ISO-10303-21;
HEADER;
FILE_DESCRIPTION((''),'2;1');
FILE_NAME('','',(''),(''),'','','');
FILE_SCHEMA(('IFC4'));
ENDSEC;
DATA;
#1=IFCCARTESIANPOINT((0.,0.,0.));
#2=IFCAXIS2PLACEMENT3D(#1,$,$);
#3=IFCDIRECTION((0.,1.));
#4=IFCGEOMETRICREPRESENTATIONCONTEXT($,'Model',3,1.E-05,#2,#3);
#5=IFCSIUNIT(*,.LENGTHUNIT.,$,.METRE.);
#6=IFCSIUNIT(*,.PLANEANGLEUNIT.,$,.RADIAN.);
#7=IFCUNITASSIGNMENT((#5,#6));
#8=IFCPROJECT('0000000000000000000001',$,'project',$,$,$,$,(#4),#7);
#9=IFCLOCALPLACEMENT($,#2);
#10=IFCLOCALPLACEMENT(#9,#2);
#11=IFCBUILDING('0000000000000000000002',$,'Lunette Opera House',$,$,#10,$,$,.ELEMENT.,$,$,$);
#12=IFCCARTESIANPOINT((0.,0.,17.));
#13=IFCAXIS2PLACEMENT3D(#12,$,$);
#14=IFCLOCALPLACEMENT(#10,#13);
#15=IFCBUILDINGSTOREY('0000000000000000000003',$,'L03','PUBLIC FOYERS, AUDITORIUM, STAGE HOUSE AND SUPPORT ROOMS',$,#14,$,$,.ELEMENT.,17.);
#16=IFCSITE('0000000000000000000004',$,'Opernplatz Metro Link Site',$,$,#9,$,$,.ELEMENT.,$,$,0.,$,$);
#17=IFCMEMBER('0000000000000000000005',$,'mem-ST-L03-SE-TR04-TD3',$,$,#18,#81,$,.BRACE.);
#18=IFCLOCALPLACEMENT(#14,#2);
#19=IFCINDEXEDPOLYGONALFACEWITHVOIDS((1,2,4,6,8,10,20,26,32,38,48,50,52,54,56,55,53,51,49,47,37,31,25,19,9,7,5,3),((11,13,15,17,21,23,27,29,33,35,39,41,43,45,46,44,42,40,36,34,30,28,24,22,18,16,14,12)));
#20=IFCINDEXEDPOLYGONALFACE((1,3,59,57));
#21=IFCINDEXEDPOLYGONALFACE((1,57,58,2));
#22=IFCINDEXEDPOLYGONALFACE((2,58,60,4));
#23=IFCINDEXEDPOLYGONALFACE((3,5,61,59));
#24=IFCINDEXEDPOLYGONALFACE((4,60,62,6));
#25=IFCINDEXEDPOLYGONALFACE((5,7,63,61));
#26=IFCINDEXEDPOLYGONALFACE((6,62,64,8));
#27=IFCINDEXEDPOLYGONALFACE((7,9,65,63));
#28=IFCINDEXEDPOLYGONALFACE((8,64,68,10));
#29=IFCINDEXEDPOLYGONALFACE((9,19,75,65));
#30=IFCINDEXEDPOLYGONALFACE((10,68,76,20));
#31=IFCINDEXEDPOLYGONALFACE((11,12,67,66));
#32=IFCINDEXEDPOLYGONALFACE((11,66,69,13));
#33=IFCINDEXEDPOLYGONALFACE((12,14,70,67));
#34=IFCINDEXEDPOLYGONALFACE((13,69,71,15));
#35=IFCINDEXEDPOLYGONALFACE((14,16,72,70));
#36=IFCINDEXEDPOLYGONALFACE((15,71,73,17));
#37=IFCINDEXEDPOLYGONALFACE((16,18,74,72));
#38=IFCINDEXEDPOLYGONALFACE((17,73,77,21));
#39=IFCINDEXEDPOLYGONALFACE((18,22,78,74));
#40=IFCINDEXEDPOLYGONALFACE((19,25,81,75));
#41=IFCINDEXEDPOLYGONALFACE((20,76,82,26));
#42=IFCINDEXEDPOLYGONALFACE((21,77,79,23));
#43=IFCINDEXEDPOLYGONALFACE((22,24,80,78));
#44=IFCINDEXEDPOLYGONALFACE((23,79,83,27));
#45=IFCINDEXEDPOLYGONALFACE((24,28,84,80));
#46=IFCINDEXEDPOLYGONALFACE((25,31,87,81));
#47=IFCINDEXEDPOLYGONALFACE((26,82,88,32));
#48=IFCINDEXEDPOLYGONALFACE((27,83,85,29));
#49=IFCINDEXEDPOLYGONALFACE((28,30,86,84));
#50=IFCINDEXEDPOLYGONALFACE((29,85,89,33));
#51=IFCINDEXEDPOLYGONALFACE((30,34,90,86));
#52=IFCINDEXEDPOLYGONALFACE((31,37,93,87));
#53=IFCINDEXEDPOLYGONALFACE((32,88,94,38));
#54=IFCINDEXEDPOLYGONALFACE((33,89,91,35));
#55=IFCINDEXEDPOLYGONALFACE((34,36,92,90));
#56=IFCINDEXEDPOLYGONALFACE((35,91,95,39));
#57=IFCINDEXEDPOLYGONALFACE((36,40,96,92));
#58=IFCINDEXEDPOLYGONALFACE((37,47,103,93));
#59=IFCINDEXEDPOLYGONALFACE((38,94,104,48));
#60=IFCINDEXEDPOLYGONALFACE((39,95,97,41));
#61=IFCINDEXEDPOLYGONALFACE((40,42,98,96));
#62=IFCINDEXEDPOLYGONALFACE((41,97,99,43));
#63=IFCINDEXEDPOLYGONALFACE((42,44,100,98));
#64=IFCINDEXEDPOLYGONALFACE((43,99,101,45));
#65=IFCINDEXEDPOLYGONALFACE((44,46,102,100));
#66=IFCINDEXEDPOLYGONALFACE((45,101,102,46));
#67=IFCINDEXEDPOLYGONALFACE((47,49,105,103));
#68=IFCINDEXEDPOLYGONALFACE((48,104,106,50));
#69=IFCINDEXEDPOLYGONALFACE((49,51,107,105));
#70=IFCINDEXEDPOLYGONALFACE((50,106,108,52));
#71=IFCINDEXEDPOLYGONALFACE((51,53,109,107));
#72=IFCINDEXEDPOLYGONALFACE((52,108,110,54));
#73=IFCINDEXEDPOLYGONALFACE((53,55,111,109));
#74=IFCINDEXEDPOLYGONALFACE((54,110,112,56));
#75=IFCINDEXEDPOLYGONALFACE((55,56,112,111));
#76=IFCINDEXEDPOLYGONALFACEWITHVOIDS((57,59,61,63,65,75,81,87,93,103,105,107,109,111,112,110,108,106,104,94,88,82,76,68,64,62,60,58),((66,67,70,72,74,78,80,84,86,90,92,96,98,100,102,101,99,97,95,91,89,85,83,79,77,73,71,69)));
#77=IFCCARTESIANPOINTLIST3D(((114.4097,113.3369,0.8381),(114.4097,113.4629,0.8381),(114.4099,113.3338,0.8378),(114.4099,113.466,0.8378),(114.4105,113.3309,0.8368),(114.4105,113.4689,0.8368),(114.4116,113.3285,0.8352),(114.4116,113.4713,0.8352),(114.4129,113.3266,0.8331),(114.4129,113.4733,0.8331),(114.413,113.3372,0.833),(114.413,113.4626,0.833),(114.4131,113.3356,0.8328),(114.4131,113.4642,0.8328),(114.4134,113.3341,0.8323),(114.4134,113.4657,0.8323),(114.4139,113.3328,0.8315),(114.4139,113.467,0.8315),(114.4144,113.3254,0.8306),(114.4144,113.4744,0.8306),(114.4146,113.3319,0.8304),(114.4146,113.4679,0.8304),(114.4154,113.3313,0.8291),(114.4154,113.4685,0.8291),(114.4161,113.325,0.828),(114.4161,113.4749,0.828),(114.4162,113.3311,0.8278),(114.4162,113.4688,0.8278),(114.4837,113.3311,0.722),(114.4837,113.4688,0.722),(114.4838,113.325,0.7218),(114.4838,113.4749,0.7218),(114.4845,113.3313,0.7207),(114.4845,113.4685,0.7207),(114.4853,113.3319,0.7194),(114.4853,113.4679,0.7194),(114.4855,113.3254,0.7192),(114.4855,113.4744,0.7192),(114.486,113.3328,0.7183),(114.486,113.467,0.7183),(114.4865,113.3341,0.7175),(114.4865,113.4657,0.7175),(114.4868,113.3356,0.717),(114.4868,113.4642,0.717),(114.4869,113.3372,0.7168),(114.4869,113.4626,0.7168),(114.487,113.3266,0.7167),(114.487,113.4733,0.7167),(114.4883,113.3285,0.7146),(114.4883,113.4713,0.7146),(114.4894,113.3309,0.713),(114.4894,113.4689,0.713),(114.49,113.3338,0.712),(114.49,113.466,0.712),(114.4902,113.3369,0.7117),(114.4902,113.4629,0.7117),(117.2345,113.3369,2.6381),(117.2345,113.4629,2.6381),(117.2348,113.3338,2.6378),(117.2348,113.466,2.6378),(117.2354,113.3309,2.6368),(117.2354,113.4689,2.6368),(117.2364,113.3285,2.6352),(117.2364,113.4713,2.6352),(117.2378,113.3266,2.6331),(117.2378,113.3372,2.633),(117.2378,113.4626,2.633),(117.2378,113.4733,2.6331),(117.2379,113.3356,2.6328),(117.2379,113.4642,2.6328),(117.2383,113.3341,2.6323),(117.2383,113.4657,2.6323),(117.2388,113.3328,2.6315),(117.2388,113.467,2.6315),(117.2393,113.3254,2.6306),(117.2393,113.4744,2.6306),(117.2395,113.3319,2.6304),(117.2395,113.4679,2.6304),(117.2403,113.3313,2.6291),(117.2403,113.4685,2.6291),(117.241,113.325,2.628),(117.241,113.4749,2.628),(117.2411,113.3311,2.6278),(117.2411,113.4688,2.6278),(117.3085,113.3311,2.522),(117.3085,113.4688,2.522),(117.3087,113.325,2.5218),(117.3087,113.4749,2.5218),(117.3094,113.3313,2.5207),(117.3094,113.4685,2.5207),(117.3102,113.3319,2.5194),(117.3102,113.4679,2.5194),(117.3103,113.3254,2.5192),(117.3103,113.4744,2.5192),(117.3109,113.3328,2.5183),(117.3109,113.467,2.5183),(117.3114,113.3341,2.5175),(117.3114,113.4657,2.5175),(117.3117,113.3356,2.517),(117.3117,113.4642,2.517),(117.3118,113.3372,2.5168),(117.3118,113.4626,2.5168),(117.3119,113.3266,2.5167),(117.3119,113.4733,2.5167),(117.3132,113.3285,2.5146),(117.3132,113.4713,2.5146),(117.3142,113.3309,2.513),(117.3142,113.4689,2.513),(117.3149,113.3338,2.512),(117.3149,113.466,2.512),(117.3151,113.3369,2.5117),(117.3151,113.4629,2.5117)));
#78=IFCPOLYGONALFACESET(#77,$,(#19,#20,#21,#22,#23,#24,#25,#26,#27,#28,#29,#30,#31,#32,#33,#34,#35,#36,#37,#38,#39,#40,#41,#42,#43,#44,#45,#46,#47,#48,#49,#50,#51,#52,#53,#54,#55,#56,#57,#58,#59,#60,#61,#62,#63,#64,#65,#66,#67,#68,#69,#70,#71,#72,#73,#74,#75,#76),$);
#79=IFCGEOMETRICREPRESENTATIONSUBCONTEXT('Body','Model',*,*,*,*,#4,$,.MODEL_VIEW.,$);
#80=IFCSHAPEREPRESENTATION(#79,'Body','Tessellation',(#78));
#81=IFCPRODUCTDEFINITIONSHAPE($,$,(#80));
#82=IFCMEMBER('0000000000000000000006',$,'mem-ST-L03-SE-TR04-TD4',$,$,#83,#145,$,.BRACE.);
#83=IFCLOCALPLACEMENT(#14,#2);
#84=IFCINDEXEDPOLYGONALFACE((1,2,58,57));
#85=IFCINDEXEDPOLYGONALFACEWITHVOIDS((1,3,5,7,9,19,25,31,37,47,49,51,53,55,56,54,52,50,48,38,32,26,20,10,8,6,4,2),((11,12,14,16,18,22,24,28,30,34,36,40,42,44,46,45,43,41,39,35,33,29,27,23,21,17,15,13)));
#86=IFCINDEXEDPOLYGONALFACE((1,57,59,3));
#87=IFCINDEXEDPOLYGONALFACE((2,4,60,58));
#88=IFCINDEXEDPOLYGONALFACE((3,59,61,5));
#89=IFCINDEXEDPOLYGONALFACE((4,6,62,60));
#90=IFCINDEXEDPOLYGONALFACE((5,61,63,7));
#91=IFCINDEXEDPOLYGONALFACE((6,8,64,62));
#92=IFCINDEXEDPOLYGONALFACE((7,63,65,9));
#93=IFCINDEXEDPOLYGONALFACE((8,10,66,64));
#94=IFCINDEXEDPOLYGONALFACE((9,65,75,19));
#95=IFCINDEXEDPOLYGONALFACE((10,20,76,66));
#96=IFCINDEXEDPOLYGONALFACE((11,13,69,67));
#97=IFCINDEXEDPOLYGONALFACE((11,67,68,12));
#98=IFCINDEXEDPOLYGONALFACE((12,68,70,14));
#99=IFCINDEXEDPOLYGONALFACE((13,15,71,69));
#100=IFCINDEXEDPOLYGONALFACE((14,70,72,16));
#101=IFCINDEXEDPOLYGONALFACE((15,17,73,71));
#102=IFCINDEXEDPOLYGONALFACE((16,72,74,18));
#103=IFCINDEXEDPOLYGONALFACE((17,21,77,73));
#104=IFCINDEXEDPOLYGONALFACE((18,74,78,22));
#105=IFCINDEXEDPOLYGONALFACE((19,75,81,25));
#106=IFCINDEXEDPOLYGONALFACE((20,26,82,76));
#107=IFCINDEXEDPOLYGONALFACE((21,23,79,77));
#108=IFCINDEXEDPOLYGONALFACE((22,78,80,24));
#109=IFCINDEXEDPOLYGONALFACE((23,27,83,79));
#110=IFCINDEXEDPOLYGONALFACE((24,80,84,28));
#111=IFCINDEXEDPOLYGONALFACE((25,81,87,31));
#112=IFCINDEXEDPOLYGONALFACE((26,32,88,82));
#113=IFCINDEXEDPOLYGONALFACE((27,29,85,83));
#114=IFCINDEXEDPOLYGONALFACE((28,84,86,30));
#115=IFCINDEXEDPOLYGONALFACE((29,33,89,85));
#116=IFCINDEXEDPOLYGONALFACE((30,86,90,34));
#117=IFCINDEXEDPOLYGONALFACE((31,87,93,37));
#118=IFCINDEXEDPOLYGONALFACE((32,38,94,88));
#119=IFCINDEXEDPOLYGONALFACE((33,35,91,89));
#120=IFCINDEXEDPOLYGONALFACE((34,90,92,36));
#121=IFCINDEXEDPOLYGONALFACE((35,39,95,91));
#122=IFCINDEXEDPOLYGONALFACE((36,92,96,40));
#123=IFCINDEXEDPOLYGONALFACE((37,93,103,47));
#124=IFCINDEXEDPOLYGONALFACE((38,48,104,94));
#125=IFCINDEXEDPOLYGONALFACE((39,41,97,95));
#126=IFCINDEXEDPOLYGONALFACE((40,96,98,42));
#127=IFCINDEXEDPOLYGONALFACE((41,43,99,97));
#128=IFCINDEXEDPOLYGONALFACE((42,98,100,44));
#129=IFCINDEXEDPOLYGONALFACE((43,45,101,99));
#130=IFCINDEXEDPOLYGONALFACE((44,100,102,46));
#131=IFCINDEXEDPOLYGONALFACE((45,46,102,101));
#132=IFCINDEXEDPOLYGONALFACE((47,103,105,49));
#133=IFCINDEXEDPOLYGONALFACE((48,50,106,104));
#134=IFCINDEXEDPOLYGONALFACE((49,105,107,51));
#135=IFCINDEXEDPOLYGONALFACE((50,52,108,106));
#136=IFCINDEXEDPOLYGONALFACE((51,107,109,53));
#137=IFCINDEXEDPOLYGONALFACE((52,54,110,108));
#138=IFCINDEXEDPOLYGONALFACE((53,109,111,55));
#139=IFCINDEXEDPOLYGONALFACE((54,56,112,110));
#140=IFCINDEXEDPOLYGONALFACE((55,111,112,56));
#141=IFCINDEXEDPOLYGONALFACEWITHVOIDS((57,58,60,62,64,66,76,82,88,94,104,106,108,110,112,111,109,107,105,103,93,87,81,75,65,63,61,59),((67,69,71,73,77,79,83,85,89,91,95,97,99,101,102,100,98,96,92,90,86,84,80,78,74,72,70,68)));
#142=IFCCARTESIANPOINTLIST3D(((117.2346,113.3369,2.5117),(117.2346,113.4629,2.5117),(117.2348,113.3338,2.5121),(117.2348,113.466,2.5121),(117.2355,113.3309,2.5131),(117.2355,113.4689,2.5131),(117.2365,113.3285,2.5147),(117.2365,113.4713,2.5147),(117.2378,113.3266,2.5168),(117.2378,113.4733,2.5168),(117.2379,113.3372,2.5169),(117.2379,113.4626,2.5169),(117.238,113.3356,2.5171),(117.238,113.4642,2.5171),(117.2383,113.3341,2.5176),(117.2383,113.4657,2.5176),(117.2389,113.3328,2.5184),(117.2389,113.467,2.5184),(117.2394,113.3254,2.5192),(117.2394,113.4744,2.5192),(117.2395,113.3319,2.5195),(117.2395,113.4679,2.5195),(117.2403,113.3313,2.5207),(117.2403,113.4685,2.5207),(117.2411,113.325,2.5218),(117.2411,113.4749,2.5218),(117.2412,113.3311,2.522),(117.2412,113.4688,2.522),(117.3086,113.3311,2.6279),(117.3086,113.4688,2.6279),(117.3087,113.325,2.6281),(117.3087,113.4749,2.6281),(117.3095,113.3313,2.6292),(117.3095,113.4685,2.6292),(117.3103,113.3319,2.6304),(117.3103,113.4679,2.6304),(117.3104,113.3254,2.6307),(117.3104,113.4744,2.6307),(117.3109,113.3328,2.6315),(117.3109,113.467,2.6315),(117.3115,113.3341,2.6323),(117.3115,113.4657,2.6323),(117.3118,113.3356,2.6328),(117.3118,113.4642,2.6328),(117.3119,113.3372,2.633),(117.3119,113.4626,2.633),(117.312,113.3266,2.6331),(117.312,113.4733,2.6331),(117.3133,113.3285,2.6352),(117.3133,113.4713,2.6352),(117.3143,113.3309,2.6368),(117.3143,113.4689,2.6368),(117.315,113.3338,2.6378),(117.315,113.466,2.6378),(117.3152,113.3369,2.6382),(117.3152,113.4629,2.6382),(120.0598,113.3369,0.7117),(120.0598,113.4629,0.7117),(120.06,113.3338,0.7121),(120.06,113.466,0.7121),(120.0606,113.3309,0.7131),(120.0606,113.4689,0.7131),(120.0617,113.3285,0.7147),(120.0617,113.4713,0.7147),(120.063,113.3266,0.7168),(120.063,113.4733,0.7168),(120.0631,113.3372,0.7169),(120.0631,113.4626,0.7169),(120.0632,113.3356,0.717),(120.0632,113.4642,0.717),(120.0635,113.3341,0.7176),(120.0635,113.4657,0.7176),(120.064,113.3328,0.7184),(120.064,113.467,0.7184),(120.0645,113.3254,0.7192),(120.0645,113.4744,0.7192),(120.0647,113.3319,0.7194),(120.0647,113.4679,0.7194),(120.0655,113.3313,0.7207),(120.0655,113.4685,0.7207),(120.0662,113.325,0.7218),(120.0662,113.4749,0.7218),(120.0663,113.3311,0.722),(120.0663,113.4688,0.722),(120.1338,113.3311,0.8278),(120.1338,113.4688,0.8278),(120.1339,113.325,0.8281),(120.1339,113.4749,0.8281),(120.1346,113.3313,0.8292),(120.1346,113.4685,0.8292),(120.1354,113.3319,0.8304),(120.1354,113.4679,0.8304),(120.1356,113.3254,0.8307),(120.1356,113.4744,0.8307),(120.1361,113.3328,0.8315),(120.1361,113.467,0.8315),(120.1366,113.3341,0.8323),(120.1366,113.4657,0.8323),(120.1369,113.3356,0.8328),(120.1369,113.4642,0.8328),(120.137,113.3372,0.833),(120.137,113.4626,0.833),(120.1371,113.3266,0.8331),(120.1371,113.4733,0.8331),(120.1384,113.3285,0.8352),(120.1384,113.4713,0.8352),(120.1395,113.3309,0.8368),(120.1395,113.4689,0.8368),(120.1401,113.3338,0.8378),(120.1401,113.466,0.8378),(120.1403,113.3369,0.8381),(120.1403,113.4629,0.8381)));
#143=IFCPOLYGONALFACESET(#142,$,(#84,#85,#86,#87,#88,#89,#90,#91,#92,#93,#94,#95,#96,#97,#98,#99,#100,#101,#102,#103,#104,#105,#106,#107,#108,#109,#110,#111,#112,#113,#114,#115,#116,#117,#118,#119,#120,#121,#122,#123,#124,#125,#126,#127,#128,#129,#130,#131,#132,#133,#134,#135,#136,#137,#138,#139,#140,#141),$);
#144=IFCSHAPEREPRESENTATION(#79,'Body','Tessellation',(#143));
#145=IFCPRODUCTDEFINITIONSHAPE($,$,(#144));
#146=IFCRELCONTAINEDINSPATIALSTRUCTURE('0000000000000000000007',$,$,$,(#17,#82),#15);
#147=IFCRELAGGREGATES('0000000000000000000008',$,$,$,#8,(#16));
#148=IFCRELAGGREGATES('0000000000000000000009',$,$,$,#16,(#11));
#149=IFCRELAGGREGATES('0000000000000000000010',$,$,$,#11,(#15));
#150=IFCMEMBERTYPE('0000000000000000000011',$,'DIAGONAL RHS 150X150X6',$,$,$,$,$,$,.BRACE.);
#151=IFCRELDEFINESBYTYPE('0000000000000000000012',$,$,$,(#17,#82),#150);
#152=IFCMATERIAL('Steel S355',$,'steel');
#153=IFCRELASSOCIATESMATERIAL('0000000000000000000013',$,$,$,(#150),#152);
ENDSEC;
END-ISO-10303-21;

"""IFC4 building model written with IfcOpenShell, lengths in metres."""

from ifc_helpers import new_model, si_unit, direction, frame, origin, origin_2d, place, context, subcontext, project, spatial, hollow_rectangle, extrude, material, material_profile, profile_set, type_object, element, save


model = new_model("IFC4")

# Units and contexts
model_context = context("Model", 3, precision=1e-05, world=origin(), true_north=direction((0.0, 1.0)))
body_context = subcontext(model_context, "Body", "Model", "MODEL_VIEW")
ifc_project = project(units=[si_unit("LENGTHUNIT", "METRE"), si_unit("PLANEANGLEUNIT", "RADIAN")], contexts=[model_context])

# Site, building, storey
site_placement = place(None, origin())
site = spatial("IfcSite", under=ifc_project, at=site_placement, Name="Opernplatz Metro Link Site", CompositionType="ELEMENT", RefElevation=0.0)
building_placement = place(site_placement, origin())
building = spatial("IfcBuilding", under=site, at=building_placement, Name="Lunette Opera House", CompositionType="ELEMENT")
storey_placement = place(building_placement, frame((0.0, 0.0, 17.0)))
storey = spatial("IfcBuildingStorey", under=building, at=storey_placement, Name="L03", Description="PUBLIC FOYERS, AUDITORIUM, STAGE HOUSE AND SUPPORT ROOMS", CompositionType="ELEMENT", Elevation=17.0)

# Members
ifc_material_1 = material(Name="Steel S355", Category="steel")
ifc_material_profile_1 = material_profile(ifc_material_1, hollow_rectangle(XDim=0.1499, YDim=0.1499, WallThickness=0.0061, InnerFilletRadius=0.0061, OuterFilletRadius=0.012, at=origin_2d()), Name="RHS 150X150X6")
ifc_profile_set_1 = profile_set([ifc_material_profile_1], Name="Steel S355")
member_type_1 = type_object("IfcMemberType", Name="DIAGONAL RHS 150X150X6", PredefinedType="BRACE", material=ifc_profile_set_1)
for number, where, z_axis, x_axis, name in (
    (1, (114.45, 113.3999, 0.7749), (0.843343, 0.0, 0.537375), (0.0, 1.0, 0.0), "mem-ST-L03-SE-TR04-TD3"),
):
    element("IfcMember", number, at=place(storey_placement, frame(where, z_axis=z_axis, x_axis=x_axis)), inside=storey, type_object=member_type_1, Name=name, PredefinedType="BRACE", context=body_context, shape_type="SweptSolid", body=[
        extrude(hollow_rectangle(XDim=0.1499, YDim=0.1499, WallThickness=0.0061, InnerFilletRadius=0.0061, OuterFilletRadius=0.012, at=origin_2d()), origin(), (0.0, 0.0, 1.0), 3.3496),
    ])
member_1_placement = place(storey_placement, frame((117.2749, 113.3999, 2.575), z_axis=(0.843364, 0.0, -0.537342), x_axis=(0.0, 1.0, 0.0)))
element("IfcMember", 2, at=member_1_placement, inside=storey, type_object=member_type_1, Name="mem-ST-L03-SE-TR04-TD4", PredefinedType="BRACE", context=body_context, shape_type="SweptSolid", body=[
    extrude(hollow_rectangle(XDim=0.1499, YDim=0.1499, WallThickness=0.0061, InnerFilletRadius=0.0061, OuterFilletRadius=0.012, at=origin_2d()), origin(), (0.0, 0.0, 1.0), 3.3499),
])

save(model, "model.ifc")
